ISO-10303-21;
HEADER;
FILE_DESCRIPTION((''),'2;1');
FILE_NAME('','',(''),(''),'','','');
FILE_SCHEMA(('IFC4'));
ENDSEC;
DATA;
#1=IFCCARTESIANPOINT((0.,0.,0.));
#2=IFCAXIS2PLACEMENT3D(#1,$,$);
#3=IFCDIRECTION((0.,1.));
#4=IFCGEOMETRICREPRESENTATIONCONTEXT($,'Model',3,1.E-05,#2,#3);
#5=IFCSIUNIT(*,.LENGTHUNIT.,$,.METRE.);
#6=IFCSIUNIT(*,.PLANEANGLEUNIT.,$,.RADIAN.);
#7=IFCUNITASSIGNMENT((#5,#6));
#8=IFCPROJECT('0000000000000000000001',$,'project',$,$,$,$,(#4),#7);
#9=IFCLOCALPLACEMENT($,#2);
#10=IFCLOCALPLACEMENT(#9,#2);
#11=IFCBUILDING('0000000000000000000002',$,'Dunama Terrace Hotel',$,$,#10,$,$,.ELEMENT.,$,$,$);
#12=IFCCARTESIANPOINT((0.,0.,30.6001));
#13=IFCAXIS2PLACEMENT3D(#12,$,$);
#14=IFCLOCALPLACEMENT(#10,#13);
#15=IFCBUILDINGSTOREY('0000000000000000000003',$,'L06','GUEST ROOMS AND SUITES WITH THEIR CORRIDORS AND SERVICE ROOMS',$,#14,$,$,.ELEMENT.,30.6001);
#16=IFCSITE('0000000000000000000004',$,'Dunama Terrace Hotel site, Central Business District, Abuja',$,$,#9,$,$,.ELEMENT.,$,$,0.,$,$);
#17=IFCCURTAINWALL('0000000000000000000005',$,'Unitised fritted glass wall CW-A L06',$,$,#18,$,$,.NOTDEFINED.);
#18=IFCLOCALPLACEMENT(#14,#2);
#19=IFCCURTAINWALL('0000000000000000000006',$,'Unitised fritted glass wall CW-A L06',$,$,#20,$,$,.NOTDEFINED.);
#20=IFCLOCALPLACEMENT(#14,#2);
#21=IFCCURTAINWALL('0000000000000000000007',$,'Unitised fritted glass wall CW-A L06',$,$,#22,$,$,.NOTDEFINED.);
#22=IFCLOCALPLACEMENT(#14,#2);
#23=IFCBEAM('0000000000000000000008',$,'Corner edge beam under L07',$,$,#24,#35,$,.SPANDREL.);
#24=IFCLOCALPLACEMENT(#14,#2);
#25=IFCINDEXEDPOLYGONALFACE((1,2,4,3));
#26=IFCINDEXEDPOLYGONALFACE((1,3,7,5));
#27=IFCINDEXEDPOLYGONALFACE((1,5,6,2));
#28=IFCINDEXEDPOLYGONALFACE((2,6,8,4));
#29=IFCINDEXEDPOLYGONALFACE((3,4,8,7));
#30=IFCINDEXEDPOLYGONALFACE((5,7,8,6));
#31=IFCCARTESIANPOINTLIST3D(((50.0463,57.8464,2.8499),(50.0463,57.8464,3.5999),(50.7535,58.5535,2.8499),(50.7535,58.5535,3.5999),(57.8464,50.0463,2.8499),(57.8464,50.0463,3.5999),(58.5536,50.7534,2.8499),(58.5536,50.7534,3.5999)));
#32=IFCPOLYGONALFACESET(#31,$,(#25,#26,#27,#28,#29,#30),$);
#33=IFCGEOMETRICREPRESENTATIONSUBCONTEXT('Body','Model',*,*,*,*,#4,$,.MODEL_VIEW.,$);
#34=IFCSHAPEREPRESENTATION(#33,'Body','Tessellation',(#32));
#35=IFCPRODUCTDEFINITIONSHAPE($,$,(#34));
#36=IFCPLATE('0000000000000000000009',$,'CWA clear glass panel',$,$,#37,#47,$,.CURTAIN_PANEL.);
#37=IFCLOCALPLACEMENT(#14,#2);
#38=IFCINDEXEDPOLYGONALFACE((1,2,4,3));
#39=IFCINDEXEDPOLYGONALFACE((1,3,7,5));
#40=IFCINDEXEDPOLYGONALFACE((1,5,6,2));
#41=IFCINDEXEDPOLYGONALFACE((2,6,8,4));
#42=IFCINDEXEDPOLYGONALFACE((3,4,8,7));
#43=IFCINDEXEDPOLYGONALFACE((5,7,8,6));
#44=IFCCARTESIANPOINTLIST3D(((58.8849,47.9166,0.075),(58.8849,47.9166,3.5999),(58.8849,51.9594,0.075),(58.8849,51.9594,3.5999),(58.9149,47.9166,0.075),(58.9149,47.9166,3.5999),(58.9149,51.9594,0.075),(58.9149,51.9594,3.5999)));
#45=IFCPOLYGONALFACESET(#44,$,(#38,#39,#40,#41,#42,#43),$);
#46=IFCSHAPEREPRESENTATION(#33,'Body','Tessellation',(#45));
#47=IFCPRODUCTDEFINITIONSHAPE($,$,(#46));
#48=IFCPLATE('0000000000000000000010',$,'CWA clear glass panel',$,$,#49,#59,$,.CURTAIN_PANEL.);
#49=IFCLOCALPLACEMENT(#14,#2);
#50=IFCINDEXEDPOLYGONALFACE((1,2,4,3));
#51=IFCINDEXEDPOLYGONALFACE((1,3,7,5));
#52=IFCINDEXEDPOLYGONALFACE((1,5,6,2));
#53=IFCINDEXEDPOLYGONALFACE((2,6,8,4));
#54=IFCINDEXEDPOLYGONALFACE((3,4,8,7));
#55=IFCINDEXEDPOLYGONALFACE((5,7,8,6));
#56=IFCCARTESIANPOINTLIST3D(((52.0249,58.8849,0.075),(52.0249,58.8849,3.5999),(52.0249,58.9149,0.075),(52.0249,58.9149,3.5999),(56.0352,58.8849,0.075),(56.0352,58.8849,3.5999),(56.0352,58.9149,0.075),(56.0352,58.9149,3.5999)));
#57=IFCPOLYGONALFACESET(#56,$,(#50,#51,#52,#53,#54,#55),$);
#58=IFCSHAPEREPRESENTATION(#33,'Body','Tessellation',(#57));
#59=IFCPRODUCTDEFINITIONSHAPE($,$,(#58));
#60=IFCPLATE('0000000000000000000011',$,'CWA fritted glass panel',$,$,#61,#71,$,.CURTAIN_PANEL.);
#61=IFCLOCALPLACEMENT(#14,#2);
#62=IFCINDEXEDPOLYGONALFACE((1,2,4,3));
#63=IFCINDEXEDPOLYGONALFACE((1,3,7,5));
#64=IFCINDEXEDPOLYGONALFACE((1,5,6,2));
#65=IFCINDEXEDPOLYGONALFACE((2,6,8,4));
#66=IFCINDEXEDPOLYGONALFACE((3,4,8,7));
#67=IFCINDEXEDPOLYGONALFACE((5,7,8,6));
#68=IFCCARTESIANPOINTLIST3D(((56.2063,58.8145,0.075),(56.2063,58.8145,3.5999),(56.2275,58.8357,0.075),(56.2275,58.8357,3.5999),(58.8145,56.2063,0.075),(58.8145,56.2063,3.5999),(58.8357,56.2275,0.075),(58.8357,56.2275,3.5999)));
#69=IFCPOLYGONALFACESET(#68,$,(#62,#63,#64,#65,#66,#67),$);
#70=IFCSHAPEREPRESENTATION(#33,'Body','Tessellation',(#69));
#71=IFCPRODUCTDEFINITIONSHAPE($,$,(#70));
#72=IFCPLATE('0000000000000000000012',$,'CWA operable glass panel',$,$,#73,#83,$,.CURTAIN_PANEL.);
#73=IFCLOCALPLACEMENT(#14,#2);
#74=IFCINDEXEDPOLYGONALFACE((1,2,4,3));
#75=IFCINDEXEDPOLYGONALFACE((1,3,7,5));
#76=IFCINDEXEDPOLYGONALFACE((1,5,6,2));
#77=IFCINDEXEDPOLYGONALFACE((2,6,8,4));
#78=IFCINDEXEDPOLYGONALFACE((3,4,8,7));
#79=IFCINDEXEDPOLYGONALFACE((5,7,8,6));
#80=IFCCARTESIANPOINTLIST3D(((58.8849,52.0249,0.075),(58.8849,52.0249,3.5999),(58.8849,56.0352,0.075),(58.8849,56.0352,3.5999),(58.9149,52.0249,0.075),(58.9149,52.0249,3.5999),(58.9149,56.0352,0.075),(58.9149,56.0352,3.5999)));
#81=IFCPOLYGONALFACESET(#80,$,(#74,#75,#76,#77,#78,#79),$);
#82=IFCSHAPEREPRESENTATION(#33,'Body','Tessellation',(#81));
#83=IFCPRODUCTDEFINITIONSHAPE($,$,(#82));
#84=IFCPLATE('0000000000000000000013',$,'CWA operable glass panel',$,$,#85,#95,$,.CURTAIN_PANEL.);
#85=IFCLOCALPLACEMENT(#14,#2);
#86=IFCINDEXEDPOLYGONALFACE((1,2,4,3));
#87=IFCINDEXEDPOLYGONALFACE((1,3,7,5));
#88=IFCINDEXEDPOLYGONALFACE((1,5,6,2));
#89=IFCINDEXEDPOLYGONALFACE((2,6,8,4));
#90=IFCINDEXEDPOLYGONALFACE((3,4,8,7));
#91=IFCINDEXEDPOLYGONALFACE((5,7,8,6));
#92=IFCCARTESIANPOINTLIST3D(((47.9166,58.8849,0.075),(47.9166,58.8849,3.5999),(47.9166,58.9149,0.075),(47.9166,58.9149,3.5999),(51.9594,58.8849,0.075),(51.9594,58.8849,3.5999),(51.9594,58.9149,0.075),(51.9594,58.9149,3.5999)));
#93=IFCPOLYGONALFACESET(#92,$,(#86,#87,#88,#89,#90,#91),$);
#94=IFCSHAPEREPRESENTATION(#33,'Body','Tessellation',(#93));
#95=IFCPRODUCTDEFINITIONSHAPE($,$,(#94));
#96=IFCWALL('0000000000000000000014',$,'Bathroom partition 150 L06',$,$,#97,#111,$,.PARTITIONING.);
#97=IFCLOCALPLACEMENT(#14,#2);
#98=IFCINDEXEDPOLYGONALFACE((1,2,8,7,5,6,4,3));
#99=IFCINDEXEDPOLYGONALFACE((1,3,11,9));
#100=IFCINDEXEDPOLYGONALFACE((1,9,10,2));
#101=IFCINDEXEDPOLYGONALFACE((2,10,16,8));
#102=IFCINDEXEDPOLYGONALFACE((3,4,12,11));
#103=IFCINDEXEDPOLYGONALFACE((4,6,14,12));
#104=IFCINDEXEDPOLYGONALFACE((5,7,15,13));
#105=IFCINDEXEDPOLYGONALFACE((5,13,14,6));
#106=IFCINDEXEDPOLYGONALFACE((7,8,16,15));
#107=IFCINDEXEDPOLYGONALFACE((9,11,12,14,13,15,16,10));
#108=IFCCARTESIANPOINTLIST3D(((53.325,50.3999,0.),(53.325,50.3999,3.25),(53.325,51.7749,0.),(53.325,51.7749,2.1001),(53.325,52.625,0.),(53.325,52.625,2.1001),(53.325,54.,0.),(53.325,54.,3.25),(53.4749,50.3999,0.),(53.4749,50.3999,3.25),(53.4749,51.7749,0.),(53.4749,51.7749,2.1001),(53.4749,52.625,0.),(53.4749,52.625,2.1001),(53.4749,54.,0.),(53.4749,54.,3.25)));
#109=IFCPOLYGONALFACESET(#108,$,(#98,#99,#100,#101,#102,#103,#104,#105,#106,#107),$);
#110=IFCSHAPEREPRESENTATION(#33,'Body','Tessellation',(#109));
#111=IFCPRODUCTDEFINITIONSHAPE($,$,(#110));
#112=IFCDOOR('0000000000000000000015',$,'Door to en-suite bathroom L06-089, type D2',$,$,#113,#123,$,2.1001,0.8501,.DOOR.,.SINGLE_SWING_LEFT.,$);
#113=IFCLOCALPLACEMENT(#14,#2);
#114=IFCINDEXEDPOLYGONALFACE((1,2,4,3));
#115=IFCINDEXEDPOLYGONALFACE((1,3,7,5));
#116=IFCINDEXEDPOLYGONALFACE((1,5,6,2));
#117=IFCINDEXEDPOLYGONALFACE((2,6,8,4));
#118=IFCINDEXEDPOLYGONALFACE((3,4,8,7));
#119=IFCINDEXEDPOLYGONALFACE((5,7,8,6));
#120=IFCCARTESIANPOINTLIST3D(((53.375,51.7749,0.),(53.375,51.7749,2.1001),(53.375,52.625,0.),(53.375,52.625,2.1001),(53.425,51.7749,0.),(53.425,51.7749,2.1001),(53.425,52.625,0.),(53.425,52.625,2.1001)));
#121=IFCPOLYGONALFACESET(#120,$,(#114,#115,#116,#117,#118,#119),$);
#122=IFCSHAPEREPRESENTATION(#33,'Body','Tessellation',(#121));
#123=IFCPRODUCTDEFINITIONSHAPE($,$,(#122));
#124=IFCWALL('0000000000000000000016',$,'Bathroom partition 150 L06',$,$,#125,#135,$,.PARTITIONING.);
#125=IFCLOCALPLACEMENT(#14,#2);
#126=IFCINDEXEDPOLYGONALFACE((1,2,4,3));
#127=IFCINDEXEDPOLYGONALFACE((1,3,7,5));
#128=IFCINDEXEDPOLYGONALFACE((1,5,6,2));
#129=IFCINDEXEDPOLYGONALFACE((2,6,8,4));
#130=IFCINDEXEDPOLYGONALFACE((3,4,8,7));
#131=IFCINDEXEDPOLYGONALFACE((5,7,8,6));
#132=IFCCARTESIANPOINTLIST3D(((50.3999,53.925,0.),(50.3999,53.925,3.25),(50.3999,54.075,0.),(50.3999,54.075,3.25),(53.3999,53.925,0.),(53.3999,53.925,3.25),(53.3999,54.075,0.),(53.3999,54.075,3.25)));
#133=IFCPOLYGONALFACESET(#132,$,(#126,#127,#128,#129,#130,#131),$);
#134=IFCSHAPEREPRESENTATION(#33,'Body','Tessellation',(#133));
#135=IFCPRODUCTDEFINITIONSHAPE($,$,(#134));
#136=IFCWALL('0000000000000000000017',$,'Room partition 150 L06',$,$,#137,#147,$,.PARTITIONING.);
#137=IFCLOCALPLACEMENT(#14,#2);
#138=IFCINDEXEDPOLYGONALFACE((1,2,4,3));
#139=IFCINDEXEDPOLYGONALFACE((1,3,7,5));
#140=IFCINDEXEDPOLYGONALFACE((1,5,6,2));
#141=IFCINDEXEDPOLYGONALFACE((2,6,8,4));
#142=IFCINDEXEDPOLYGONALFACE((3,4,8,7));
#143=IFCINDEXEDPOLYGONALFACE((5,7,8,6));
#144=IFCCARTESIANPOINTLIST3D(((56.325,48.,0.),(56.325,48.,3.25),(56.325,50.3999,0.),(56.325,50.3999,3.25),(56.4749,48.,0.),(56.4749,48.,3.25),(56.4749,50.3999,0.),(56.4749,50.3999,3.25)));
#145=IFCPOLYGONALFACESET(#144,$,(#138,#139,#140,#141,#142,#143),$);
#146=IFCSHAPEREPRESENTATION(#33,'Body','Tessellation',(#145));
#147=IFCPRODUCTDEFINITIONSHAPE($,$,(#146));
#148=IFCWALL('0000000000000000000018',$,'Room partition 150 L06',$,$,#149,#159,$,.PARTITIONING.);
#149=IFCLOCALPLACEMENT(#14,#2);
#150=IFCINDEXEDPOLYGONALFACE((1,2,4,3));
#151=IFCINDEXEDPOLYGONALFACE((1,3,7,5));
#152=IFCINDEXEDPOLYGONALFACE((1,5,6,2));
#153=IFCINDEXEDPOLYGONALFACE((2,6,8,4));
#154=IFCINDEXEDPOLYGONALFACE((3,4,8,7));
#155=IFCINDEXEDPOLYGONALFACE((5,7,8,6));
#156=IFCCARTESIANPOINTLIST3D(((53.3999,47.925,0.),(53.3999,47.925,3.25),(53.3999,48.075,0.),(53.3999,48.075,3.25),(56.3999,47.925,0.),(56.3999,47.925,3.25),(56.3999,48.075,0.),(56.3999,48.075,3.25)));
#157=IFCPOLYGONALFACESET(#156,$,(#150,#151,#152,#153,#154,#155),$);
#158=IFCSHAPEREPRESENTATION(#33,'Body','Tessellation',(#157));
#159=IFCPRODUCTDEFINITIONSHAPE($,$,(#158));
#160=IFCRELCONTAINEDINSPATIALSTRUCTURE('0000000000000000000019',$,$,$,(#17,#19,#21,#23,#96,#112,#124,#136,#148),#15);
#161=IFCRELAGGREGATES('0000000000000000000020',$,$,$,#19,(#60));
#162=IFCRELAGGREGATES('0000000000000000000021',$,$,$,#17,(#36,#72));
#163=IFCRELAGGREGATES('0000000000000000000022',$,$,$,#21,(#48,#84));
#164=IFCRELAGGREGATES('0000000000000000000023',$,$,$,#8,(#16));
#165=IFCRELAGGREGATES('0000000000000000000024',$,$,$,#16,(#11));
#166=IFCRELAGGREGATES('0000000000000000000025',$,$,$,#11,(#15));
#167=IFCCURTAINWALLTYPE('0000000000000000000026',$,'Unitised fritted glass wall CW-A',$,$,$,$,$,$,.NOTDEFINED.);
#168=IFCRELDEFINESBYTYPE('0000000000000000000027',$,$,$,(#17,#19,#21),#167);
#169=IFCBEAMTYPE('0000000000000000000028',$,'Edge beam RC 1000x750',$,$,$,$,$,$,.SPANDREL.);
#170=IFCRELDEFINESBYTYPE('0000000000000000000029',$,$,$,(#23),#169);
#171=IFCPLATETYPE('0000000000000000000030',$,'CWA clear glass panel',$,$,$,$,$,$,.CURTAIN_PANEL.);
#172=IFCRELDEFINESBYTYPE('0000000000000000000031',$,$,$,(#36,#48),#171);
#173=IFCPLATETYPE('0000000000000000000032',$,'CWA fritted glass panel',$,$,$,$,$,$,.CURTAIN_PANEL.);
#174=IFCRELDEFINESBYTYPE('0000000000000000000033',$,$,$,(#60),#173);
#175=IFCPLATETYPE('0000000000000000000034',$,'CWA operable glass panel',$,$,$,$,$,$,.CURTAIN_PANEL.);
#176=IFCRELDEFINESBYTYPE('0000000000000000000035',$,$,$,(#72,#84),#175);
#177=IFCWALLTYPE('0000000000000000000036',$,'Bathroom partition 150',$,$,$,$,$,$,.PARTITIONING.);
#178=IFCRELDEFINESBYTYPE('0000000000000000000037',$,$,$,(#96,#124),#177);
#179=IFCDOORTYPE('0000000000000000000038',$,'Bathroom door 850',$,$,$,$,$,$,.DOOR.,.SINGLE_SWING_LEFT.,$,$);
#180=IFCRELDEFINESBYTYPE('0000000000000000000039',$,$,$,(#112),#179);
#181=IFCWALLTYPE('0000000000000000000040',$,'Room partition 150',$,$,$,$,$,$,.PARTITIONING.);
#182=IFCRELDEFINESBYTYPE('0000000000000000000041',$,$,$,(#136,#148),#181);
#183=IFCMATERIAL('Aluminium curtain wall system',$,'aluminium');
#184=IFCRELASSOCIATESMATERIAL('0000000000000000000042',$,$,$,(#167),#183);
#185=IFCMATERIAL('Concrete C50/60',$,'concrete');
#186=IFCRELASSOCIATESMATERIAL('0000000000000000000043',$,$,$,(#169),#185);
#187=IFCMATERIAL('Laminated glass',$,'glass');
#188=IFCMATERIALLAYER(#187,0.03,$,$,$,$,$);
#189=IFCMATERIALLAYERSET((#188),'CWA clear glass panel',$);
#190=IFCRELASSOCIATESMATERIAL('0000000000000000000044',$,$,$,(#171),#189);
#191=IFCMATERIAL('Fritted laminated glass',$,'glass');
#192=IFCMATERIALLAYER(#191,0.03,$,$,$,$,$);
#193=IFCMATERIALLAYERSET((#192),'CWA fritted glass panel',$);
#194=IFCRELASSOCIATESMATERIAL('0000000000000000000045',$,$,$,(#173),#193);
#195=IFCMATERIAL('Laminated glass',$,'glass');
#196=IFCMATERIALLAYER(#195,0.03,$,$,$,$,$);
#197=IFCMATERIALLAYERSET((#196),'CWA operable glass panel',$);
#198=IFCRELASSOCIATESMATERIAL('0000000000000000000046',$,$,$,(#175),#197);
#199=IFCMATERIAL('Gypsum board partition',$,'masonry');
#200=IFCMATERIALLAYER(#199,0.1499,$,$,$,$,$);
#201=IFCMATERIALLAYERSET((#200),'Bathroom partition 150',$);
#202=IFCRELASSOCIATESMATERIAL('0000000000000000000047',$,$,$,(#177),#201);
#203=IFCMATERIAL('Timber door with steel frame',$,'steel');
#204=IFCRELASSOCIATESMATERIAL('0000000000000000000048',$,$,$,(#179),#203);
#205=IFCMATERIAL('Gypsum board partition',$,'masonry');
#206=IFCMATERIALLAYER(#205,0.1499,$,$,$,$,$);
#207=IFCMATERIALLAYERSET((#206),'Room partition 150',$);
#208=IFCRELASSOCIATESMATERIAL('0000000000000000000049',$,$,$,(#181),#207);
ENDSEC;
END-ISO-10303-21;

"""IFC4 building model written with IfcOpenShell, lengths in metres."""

from ifc_helpers import new_model, si_unit, direction, frame, frame_2d, origin, origin_2d, place, context, subcontext, project, spatial, rectangle, extrude, material, layer, layer_set, material_profile, profile_set, type_object, element, fill, aggregate, save


model = new_model("IFC4")

# Units and contexts
model_context = context("Model", 3, precision=1e-05, world=origin(), true_north=direction((0.0, 1.0)))
body_context = subcontext(model_context, "Body", "Model", "MODEL_VIEW")
ifc_project = project(units=[si_unit("LENGTHUNIT", "METRE"), si_unit("PLANEANGLEUNIT", "RADIAN")], contexts=[model_context])

# Site, building, storey
site_placement = place(None, origin())
site = spatial("IfcSite", under=ifc_project, at=site_placement, Name="Dunama Terrace Hotel site, Central Business District, Abuja", CompositionType="ELEMENT", RefElevation=0.0)
building_placement = place(site_placement, origin())
building = spatial("IfcBuilding", under=site, at=building_placement, Name="Dunama Terrace Hotel", CompositionType="ELEMENT")
storey_placement = place(building_placement, frame((0.0, 0.0, 30.6001)))
storey = spatial("IfcBuildingStorey", under=building, at=storey_placement, Name="L06", Description="GUEST ROOMS AND SUITES WITH THEIR CORRIDORS AND SERVICE ROOMS", CompositionType="ELEMENT", Elevation=30.6001)

# Curtain walls
ifc_material_1 = material(Name="Aluminium curtain wall system", Category="aluminium")
curtain_wall_type = type_object("IfcCurtainWallType", Name="Unitised fritted glass wall CW-A", PredefinedType="NOTDEFINED", material=ifc_material_1)
curtain_wall_1_placement = place(storey_placement, origin())
curtain_wall_1 = element("IfcCurtainWall", 1, at=curtain_wall_1_placement, inside=storey, type_object=curtain_wall_type, Name="Unitised fritted glass wall CW-A L06", PredefinedType="NOTDEFINED")
curtain_wall_2_placement = place(storey_placement, origin())
curtain_wall_2 = element("IfcCurtainWall", 2, at=curtain_wall_2_placement, inside=storey, type_object=curtain_wall_type, Name="Unitised fritted glass wall CW-A L06", PredefinedType="NOTDEFINED")
curtain_wall_3_placement = place(storey_placement, origin())
curtain_wall_3 = element("IfcCurtainWall", 3, at=curtain_wall_3_placement, inside=storey, type_object=curtain_wall_type, Name="Unitised fritted glass wall CW-A L06", PredefinedType="NOTDEFINED")

# Beam
ifc_material_2 = material(Name="Concrete C50/60", Category="concrete")
ifc_material_profile_1 = material_profile(ifc_material_2, rectangle(XDim=1.0, YDim=0.75, at=origin_2d()), Name="RC 1000x750")
ifc_profile_set_1 = profile_set([ifc_material_profile_1], Name="Concrete C50/60")
beam_type = type_object("IfcBeamType", Name="Edge beam RC 1000x750", PredefinedType="SPANDREL", material=ifc_profile_set_1)
beam_placement = place(storey_placement, frame((50.3999, 58.2, 3.2249), z_axis=(0.707107, -0.707107, 0.0), x_axis=(0.707107, 0.707107, 0.0)))
element("IfcBeam", 4, at=beam_placement, inside=storey, type_object=beam_type, Name="Corner edge beam under L07", PredefinedType="SPANDREL", context=body_context, shape_type="SweptSolid", body=[
    extrude(rectangle(XDim=1.0, YDim=0.75, at=origin_2d()), origin(), (0.0, 0.0, 1.0), 11.031),
])

# Plates
ifc_material_3 = material(Name="Laminated glass", Category="glass")
ifc_layer_1 = layer(ifc_material_3, 0.03)
ifc_layer_set_1 = layer_set([ifc_layer_1], Name="CWA clear glass panel")
plate_type_1 = type_object("IfcPlateType", Name="CWA clear glass panel", PredefinedType="CURTAIN_PANEL", material=ifc_layer_set_1)
plate_1_placement = place(storey_placement, frame((58.8999, 49.938, 0.075), z_axis=(0.0, 0.0, 1.0), x_axis=(0.0, 1.0, 0.0)))
plate_1 = element("IfcPlate", 5, at=plate_1_placement, type_object=plate_type_1, Name="CWA clear glass panel", PredefinedType="CURTAIN_PANEL", context=body_context, shape_type="SweptSolid", body=[
    extrude(rectangle(XDim=4.0427, YDim=0.03, at=origin_2d()), origin(), (0.0, 0.0, 1.0), 3.5249),
])
plate_2_placement = place(storey_placement, frame((54.03, 58.8999, 0.075), z_axis=(0.0, 0.0, 1.0), x_axis=(-1.0, 0.0, 0.0)))
plate_2 = element("IfcPlate", 6, at=plate_2_placement, type_object=plate_type_1, Name="CWA clear glass panel", PredefinedType="CURTAIN_PANEL", context=body_context, shape_type="SweptSolid", body=[
    extrude(rectangle(XDim=4.0103, YDim=0.03, at=origin_2d()), origin(), (0.0, 0.0, 1.0), 3.5249),
])
ifc_material_4 = material(Name="Fritted laminated glass", Category="glass")
ifc_layer_2 = layer(ifc_material_4, 0.03)
ifc_layer_set_2 = layer_set([ifc_layer_2], Name="CWA fritted glass panel")
plate_type_2 = type_object("IfcPlateType", Name="CWA fritted glass panel", PredefinedType="CURTAIN_PANEL", material=ifc_layer_set_2)
plate_3_placement = place(storey_placement, frame((57.521, 57.521, 0.075), z_axis=(0.0, 0.0, 1.0), x_axis=(-0.707107, 0.707107, 0.0)))
plate_3 = element("IfcPlate", 7, at=plate_3_placement, type_object=plate_type_2, Name="CWA fritted glass panel", PredefinedType="CURTAIN_PANEL", context=body_context, shape_type="SweptSolid", body=[
    extrude(rectangle(XDim=3.6885, YDim=0.03, at=origin_2d()), origin(), (0.0, 0.0, 1.0), 3.5249),
])
aggregate(curtain_wall_2, [plate_3])
ifc_material_5 = material(Name="Laminated glass", Category="glass")
ifc_layer_3 = layer(ifc_material_5, 0.03)
ifc_layer_set_3 = layer_set([ifc_layer_3], Name="CWA operable glass panel")
plate_type_3 = type_object("IfcPlateType", Name="CWA operable glass panel", PredefinedType="CURTAIN_PANEL", material=ifc_layer_set_3)
plate_4_placement = place(storey_placement, frame((58.8999, 54.03, 0.075), z_axis=(0.0, 0.0, 1.0), x_axis=(0.0, 1.0, 0.0)))
plate_4 = element("IfcPlate", 8, at=plate_4_placement, type_object=plate_type_3, Name="CWA operable glass panel", PredefinedType="CURTAIN_PANEL", context=body_context, shape_type="SweptSolid", body=[
    extrude(rectangle(XDim=4.0103, YDim=0.03, at=origin_2d()), origin(), (0.0, 0.0, 1.0), 3.5249),
])
aggregate(curtain_wall_1, [plate_1, plate_4])
plate_5_placement = place(storey_placement, frame((49.938, 58.8999, 0.075), z_axis=(0.0, 0.0, 1.0), x_axis=(-1.0, 0.0, 0.0)))
plate_5 = element("IfcPlate", 9, at=plate_5_placement, type_object=plate_type_3, Name="CWA operable glass panel", PredefinedType="CURTAIN_PANEL", context=body_context, shape_type="SweptSolid", body=[
    extrude(rectangle(XDim=4.0427, YDim=0.03, at=origin_2d()), origin(), (0.0, 0.0, 1.0), 3.5249),
])
aggregate(curtain_wall_3, [plate_2, plate_5])

# Wall, opening, door
ifc_material_6 = material(Name="Gypsum board partition", Category="masonry")
ifc_layer_4 = layer(ifc_material_6, 0.1499)
ifc_layer_set_4 = layer_set([ifc_layer_4], Name="Bathroom partition 150")
wall_type_1 = type_object("IfcWallType", Name="Bathroom partition 150", PredefinedType="PARTITIONING", material=ifc_layer_set_4)
wall_1_placement = place(storey_placement, frame((53.3999, 50.3999, 0.0), z_axis=(0.0, 0.0, 1.0), x_axis=(0.0, 1.0, 0.0)))
wall_1 = element("IfcWall", 10, at=wall_1_placement, inside=storey, type_object=wall_type_1, Name="Bathroom partition 150 L06", PredefinedType="PARTITIONING", context=body_context, shape_type="SweptSolid", body=[
    extrude(rectangle(XDim=3.6001, YDim=0.1499, at=frame_2d((1.8, 0.0))), origin(), (0.0, 0.0, 1.0), 3.25),
])
opening_1_placement = place(wall_1_placement, frame((1.375, 0.0, 0.0)))
opening_1 = element("IfcOpeningElement", 11, at=opening_1_placement, cuts=wall_1, PredefinedType="OPENING", context=body_context, shape_type="SweptSolid", body=[
    extrude(rectangle(XDim=0.8501, YDim=2.1001, at=frame_2d((0.425, 1.05))), frame((0.0, 0.085, 0.0), z_axis=(0.0, -1.0, 0.0), x_axis=(1.0, 0.0, 0.0)), (0.0, 0.0, 1.0), 0.1699),
])
ifc_material_7 = material(Name="Timber door with steel frame", Category="steel")
door_type_1 = type_object("IfcDoorType", Name="Bathroom door 850", OperationType="SINGLE_SWING_LEFT", PredefinedType="DOOR", material=ifc_material_7)
door_1_placement = place(opening_1_placement, origin())
door_1 = element("IfcDoor", 12, at=door_1_placement, inside=storey, type_object=door_type_1, Name="Door to en-suite bathroom L06-089, type D2", OperationType="SINGLE_SWING_LEFT", OverallHeight=2.1001, OverallWidth=0.8501, PredefinedType="DOOR", context=body_context, shape_type="SweptSolid", body=[
    extrude(rectangle(XDim=0.8501, YDim=2.1001, at=frame_2d((0.425, 1.05))), frame((0.0, 0.0249, 0.0), z_axis=(0.0, -1.0, 0.0), x_axis=(1.0, 0.0, 0.0)), (0.0, 0.0, 1.0), 0.05),
])
fill(opening_1, door_1)

# Walls
wall_2_placement = place(storey_placement, frame((50.3999, 54.0, 0.0), z_axis=(0.0, 0.0, 1.0), x_axis=(1.0, 0.0, 0.0)))
element("IfcWall", 13, at=wall_2_placement, inside=storey, type_object=wall_type_1, Name="Bathroom partition 150 L06", PredefinedType="PARTITIONING", context=body_context, shape_type="SweptSolid", body=[
    extrude(rectangle(XDim=3.0, YDim=0.1499, at=frame_2d((1.5, 0.0))), origin(), (0.0, 0.0, 1.0), 3.25),
])
ifc_material_8 = material(Name="Gypsum board partition", Category="masonry")
ifc_layer_5 = layer(ifc_material_8, 0.1499)
ifc_layer_set_5 = layer_set([ifc_layer_5], Name="Room partition 150")
wall_type_2 = type_object("IfcWallType", Name="Room partition 150", PredefinedType="PARTITIONING", material=ifc_layer_set_5)
wall_3_placement = place(storey_placement, frame((56.3999, 48.0, 0.0), z_axis=(0.0, 0.0, 1.0), x_axis=(0.0, 1.0, 0.0)))
element("IfcWall", 14, at=wall_3_placement, inside=storey, type_object=wall_type_2, Name="Room partition 150 L06", PredefinedType="PARTITIONING", context=body_context, shape_type="SweptSolid", body=[
    extrude(rectangle(XDim=2.3999, YDim=0.1499, at=frame_2d((1.2, 0.0))), origin(), (0.0, 0.0, 1.0), 3.25),
])
wall_4_placement = place(storey_placement, frame((53.3999, 48.0, 0.0), z_axis=(0.0, 0.0, 1.0), x_axis=(1.0, 0.0, 0.0)))
element("IfcWall", 15, at=wall_4_placement, inside=storey, type_object=wall_type_2, Name="Room partition 150 L06", PredefinedType="PARTITIONING", context=body_context, shape_type="SweptSolid", body=[
    extrude(rectangle(XDim=3.0, YDim=0.1499, at=frame_2d((1.5, 0.0))), origin(), (0.0, 0.0, 1.0), 3.25),
])

save(model, "model.ifc")
